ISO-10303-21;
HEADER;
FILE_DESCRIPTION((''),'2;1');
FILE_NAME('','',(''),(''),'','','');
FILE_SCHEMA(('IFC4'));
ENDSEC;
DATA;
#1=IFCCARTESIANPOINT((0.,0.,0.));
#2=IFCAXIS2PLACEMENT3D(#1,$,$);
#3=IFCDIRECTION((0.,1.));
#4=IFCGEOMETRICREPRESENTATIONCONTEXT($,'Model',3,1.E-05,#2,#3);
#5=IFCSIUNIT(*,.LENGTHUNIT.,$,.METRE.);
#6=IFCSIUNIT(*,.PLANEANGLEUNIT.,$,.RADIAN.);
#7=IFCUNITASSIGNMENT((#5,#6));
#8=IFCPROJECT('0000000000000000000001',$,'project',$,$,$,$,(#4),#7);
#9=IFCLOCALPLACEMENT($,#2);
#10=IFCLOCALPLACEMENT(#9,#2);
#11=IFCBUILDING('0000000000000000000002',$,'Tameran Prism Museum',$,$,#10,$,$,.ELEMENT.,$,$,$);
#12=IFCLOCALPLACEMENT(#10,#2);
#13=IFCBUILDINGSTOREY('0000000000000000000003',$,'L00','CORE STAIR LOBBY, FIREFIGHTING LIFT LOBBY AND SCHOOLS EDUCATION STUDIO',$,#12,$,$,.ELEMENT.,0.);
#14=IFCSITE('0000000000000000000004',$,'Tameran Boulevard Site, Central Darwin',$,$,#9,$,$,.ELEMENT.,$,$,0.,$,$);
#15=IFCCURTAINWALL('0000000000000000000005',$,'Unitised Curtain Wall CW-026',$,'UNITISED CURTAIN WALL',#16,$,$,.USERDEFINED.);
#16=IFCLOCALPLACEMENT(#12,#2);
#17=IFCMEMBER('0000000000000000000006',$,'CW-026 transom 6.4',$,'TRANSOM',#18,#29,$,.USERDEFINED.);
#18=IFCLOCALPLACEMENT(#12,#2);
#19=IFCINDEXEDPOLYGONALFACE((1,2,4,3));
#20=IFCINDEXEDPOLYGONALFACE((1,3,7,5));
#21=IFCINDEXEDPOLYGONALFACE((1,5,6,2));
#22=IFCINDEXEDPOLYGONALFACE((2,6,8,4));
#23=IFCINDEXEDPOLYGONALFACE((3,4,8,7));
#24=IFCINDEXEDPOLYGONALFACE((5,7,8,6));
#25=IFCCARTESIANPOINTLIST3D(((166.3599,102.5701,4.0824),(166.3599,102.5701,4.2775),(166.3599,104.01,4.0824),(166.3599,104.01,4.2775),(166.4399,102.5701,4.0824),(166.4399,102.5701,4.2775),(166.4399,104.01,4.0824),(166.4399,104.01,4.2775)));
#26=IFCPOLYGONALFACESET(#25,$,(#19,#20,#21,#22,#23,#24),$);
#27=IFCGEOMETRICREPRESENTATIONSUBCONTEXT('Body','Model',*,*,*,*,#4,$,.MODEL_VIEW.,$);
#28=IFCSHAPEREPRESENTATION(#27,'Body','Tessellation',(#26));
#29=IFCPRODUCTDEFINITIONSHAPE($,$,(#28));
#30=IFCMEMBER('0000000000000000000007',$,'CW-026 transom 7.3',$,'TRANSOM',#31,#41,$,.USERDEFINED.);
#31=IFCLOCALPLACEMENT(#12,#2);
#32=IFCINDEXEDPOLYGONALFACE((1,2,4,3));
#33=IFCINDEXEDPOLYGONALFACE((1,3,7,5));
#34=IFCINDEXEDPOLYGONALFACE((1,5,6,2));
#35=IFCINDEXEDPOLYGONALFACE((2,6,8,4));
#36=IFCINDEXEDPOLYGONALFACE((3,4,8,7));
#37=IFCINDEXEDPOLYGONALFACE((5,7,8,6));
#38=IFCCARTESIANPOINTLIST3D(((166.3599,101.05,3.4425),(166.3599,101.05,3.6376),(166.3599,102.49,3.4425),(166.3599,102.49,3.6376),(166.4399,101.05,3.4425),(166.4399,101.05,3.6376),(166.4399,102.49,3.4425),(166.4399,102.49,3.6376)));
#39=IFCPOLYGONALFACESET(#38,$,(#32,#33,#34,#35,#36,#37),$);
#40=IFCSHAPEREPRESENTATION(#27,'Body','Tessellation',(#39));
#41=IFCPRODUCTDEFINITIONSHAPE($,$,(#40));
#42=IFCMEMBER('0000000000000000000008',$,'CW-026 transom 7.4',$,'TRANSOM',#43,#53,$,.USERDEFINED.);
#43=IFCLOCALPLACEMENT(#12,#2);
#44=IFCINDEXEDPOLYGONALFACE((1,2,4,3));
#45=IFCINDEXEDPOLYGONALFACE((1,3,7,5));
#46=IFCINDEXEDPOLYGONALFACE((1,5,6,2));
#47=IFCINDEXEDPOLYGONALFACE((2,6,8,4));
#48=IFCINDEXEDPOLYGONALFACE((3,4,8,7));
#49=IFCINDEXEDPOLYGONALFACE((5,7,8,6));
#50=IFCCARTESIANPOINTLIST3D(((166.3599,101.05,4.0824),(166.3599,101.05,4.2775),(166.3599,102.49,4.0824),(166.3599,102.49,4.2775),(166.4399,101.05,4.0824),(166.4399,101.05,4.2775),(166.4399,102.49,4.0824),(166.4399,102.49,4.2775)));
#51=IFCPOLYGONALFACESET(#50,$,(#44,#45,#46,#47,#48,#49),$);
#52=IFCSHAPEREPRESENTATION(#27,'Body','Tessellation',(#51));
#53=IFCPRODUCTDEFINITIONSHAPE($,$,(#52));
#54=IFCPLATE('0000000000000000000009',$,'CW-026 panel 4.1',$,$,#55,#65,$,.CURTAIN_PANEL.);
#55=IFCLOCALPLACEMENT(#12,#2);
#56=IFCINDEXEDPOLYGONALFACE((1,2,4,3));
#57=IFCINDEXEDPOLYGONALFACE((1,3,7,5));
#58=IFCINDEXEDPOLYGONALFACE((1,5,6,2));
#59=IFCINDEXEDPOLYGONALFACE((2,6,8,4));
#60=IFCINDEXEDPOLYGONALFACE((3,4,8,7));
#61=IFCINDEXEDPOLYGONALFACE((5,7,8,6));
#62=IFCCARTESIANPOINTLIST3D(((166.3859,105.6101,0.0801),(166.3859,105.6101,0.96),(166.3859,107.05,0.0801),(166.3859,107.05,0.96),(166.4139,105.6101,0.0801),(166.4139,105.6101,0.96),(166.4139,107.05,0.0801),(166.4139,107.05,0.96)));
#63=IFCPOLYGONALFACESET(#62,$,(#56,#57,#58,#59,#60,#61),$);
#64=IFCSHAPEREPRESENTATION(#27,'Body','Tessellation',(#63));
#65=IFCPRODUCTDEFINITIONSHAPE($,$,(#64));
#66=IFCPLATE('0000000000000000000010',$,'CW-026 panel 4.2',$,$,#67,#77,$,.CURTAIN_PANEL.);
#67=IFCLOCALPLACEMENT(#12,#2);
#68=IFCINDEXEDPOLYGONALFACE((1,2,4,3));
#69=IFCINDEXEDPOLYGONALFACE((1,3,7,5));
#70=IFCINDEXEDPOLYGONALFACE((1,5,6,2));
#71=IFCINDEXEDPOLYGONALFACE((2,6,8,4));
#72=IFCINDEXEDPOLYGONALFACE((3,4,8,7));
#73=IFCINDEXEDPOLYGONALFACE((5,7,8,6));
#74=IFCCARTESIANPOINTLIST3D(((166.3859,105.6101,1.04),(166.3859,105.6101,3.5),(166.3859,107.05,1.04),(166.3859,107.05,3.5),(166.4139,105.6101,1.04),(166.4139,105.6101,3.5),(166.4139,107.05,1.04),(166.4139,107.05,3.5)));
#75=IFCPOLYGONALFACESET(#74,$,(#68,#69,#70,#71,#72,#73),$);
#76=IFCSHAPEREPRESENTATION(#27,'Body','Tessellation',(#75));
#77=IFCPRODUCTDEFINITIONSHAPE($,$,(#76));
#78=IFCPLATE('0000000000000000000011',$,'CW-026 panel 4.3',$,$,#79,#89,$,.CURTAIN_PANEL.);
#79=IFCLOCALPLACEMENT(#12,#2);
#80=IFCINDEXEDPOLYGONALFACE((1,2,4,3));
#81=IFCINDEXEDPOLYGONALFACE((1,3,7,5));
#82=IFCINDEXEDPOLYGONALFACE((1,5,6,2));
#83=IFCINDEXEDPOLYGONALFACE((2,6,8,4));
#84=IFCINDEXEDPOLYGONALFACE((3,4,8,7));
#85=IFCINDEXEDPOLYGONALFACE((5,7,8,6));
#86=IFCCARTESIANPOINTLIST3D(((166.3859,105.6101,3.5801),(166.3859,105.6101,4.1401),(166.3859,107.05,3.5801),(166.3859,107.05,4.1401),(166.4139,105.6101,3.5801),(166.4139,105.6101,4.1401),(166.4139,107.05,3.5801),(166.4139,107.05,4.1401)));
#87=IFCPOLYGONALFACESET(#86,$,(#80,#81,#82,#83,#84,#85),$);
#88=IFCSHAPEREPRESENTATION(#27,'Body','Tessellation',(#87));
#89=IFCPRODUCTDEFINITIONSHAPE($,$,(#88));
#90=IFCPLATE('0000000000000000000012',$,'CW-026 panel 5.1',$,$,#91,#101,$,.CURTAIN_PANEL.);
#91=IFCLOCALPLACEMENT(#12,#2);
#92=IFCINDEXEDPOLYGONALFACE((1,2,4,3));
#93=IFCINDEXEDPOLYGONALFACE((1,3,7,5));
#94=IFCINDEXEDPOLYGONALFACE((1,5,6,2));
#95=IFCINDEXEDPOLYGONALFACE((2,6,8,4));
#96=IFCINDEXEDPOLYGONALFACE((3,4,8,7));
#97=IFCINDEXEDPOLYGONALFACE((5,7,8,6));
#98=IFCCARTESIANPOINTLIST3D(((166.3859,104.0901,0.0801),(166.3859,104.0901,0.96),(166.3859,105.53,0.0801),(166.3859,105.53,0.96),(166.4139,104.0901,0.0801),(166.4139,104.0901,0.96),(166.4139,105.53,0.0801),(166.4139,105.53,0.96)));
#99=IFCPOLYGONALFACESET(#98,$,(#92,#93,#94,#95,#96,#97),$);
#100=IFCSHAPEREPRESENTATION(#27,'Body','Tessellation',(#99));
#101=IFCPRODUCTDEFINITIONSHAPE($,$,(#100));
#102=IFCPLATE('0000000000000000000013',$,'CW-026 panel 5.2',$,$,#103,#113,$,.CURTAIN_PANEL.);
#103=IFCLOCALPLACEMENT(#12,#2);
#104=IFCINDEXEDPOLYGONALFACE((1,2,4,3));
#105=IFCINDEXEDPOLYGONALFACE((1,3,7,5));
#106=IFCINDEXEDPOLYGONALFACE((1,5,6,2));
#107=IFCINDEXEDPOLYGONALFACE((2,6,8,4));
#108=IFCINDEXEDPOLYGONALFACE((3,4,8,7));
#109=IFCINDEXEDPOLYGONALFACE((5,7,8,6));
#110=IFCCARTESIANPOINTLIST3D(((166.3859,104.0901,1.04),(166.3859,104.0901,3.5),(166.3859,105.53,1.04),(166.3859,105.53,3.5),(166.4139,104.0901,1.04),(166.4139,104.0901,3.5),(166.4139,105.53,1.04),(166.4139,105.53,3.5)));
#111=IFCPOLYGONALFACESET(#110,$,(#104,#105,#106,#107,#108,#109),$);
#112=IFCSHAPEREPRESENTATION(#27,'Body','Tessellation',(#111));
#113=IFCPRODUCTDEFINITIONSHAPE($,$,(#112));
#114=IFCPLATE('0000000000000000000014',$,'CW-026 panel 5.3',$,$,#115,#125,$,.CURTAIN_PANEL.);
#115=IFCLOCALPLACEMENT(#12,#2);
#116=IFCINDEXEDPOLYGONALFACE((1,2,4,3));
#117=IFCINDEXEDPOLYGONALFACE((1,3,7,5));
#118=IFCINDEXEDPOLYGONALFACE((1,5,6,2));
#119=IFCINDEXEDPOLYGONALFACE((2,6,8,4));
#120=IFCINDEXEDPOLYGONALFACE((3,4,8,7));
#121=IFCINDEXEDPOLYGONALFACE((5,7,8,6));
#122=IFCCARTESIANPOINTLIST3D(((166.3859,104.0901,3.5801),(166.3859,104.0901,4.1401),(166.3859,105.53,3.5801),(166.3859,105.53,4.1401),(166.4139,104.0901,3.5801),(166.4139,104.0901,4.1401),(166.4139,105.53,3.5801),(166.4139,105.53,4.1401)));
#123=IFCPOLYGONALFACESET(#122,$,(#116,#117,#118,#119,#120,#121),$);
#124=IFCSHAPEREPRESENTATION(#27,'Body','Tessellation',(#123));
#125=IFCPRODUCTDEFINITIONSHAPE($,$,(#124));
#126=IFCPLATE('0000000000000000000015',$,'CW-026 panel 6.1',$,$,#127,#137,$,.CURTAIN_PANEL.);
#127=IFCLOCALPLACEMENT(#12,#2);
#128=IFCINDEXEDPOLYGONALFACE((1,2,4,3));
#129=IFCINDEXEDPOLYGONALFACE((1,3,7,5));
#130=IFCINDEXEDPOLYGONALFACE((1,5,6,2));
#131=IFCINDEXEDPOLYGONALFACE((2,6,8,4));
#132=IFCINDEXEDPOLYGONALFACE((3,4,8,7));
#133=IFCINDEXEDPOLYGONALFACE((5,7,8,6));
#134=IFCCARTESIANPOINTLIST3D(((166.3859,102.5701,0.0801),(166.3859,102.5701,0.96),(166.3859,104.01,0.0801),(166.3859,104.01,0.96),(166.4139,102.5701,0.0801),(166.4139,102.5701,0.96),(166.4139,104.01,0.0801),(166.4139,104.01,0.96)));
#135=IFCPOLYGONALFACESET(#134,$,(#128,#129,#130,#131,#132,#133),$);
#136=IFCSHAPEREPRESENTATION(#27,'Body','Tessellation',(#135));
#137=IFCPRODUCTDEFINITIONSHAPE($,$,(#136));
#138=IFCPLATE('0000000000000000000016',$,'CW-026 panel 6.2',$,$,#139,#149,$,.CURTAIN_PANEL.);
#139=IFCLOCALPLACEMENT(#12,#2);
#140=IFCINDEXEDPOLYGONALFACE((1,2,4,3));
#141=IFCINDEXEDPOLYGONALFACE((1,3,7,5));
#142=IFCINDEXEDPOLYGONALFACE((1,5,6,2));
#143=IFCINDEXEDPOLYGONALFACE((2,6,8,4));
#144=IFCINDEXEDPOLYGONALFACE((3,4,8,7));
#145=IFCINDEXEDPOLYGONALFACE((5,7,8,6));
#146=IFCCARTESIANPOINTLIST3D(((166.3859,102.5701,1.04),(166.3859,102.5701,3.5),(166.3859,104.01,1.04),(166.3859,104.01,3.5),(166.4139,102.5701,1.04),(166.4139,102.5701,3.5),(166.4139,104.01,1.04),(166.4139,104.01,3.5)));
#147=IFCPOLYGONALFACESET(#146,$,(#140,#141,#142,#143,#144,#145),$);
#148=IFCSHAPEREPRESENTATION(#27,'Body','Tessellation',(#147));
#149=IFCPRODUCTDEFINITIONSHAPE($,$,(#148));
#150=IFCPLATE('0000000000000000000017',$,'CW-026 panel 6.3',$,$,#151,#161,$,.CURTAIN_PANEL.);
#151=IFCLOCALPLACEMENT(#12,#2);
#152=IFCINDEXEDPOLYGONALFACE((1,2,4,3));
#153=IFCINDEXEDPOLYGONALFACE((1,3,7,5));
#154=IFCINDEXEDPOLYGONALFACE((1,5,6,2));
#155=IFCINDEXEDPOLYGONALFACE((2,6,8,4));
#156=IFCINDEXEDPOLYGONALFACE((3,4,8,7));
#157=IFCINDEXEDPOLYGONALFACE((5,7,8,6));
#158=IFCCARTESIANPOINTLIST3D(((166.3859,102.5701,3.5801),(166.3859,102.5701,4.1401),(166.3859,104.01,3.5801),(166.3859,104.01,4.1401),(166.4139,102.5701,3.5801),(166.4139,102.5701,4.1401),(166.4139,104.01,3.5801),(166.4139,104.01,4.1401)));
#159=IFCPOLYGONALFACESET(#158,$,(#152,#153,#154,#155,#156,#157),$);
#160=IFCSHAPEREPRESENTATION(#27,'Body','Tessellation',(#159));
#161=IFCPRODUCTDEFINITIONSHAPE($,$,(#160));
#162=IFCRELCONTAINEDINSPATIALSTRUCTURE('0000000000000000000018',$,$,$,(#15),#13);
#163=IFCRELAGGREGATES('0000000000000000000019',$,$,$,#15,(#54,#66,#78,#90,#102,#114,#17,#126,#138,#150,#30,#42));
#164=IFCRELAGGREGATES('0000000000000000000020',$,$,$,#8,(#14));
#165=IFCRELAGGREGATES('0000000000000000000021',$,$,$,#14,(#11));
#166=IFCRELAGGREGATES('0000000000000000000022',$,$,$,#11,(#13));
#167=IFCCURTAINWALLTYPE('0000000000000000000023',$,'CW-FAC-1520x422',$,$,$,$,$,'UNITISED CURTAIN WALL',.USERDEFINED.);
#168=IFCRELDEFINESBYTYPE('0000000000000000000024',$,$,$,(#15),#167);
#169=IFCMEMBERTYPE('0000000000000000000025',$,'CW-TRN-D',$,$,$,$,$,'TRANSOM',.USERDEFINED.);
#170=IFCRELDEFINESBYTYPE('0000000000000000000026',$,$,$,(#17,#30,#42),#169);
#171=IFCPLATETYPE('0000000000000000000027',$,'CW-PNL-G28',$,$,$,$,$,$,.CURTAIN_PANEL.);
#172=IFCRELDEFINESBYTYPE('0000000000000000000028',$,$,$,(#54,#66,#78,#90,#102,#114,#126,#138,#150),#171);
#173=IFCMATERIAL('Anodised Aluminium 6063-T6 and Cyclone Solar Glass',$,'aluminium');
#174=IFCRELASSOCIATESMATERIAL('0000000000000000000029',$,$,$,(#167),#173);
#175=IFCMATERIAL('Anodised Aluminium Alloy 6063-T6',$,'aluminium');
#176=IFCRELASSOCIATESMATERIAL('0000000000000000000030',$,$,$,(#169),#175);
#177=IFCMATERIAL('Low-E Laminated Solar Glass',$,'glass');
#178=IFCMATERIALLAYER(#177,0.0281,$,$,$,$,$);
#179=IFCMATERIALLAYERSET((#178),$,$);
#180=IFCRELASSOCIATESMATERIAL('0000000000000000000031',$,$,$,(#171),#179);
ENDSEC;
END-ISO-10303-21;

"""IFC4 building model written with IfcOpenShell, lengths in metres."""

from ifc_helpers import new_model, si_unit, direction, frame, origin, origin_2d, place, context, subcontext, project, spatial, rectangle, extrude, material, layer, layer_set, material_profile, profile_set, type_object, element, aggregate, save


model = new_model("IFC4")

# Units and contexts
model_context = context("Model", 3, precision=1e-05, world=origin(), true_north=direction((0.0, 1.0)))
body_context = subcontext(model_context, "Body", "Model", "MODEL_VIEW")
ifc_project = project(units=[si_unit("LENGTHUNIT", "METRE"), si_unit("PLANEANGLEUNIT", "RADIAN")], contexts=[model_context])

# Site, building, storey
site_placement = place(None, origin())
site = spatial("IfcSite", under=ifc_project, at=site_placement, Name="Tameran Boulevard Site, Central Darwin", CompositionType="ELEMENT", RefElevation=0.0)
building_placement = place(site_placement, origin())
building = spatial("IfcBuilding", under=site, at=building_placement, Name="Tameran Prism Museum", CompositionType="ELEMENT")
storey_placement = place(building_placement, origin())
storey = spatial("IfcBuildingStorey", under=building, at=storey_placement, Name="L00", Description="CORE STAIR LOBBY, FIREFIGHTING LIFT LOBBY AND SCHOOLS EDUCATION STUDIO", CompositionType="ELEMENT", Elevation=0.0)

# Curtain wall, members, plates
ifc_material_1 = material(Name="Anodised Aluminium 6063-T6 and Cyclone Solar Glass", Category="aluminium")
curtain_wall_type = type_object("IfcCurtainWallType", Name="CW-FAC-1520x422", ElementType="UNITISED CURTAIN WALL", PredefinedType="USERDEFINED", material=ifc_material_1)
curtain_wall_placement = place(storey_placement, origin())
curtain_wall = element("IfcCurtainWall", 1, at=curtain_wall_placement, inside=storey, type_object=curtain_wall_type, Name="Unitised Curtain Wall CW-026", ObjectType="UNITISED CURTAIN WALL", PredefinedType="USERDEFINED")
ifc_material_2 = material(Name="Anodised Aluminium Alloy 6063-T6", Category="aluminium")
ifc_material_profile_1 = material_profile(ifc_material_2, rectangle(XDim=0.0801, YDim=0.1951, at=origin_2d()))
ifc_profile_set_1 = profile_set([ifc_material_profile_1])
member_type_1 = type_object("IfcMemberType", Name="CW-TRN-D", ElementType="TRANSOM", PredefinedType="USERDEFINED", material=ifc_profile_set_1)
member_1_placement = place(storey_placement, frame((166.3999, 104.01, 4.1799), z_axis=(0.0, -1.0, 0.0), x_axis=(1.0, 0.0, 0.0)))
member_1 = element("IfcMember", 2, at=member_1_placement, type_object=member_type_1, Name="CW-026 transom 6.4", ObjectType="TRANSOM", PredefinedType="USERDEFINED", context=body_context, shape_type="SweptSolid", body=[
    extrude(rectangle(XDim=0.0801, YDim=0.1951, at=origin_2d()), origin(), (0.0, 0.0, 1.0), 1.4399),
])
member_2_placement = place(storey_placement, frame((166.3999, 102.49, 3.54), z_axis=(0.0, -1.0, 0.0), x_axis=(1.0, 0.0, 0.0)))
member_2 = element("IfcMember", 3, at=member_2_placement, type_object=member_type_1, Name="CW-026 transom 7.3", ObjectType="TRANSOM", PredefinedType="USERDEFINED", context=body_context, shape_type="SweptSolid", body=[
    extrude(rectangle(XDim=0.0801, YDim=0.1951, at=origin_2d()), origin(), (0.0, 0.0, 1.0), 1.4399),
])
member_3_placement = place(storey_placement, frame((166.3999, 102.49, 4.1799), z_axis=(0.0, -1.0, 0.0), x_axis=(1.0, 0.0, 0.0)))
member_3 = element("IfcMember", 4, at=member_3_placement, type_object=member_type_1, Name="CW-026 transom 7.4", ObjectType="TRANSOM", PredefinedType="USERDEFINED", context=body_context, shape_type="SweptSolid", body=[
    extrude(rectangle(XDim=0.0801, YDim=0.1951, at=origin_2d()), origin(), (0.0, 0.0, 1.0), 1.4399),
])
ifc_material_3 = material(Name="Low-E Laminated Solar Glass", Category="glass")
ifc_layer = layer(ifc_material_3, 0.0281)
ifc_layer_set = layer_set([ifc_layer])
plate_type = type_object("IfcPlateType", Name="CW-PNL-G28", PredefinedType="CURTAIN_PANEL", material=ifc_layer_set)
plate_1_placement = place(storey_placement, frame((166.3999, 106.3301, 0.0801), z_axis=(0.0, 0.0, 1.0), x_axis=(0.0, -1.0, 0.0)))
plate_1 = element("IfcPlate", 5, at=plate_1_placement, type_object=plate_type, Name="CW-026 panel 4.1", PredefinedType="CURTAIN_PANEL", context=body_context, shape_type="SweptSolid", body=[
    extrude(rectangle(XDim=1.4399, YDim=0.0281, at=origin_2d()), origin(), (0.0, 0.0, 1.0), 0.8799),
])
plate_2_placement = place(storey_placement, frame((166.3999, 106.3301, 1.04), z_axis=(0.0, 0.0, 1.0), x_axis=(0.0, -1.0, 0.0)))
plate_2 = element("IfcPlate", 6, at=plate_2_placement, type_object=plate_type, Name="CW-026 panel 4.2", PredefinedType="CURTAIN_PANEL", context=body_context, shape_type="SweptSolid", body=[
    extrude(rectangle(XDim=1.4399, YDim=0.0281, at=origin_2d()), origin(), (0.0, 0.0, 1.0), 2.46),
])
plate_3_placement = place(storey_placement, frame((166.3999, 106.3301, 3.5801), z_axis=(0.0, 0.0, 1.0), x_axis=(0.0, -1.0, 0.0)))
plate_3 = element("IfcPlate", 7, at=plate_3_placement, type_object=plate_type, Name="CW-026 panel 4.3", PredefinedType="CURTAIN_PANEL", context=body_context, shape_type="SweptSolid", body=[
    extrude(rectangle(XDim=1.4399, YDim=0.0281, at=origin_2d()), origin(), (0.0, 0.0, 1.0), 0.5601),
])
plate_4_placement = place(storey_placement, frame((166.3999, 104.8101, 0.0801), z_axis=(0.0, 0.0, 1.0), x_axis=(0.0, -1.0, 0.0)))
plate_4 = element("IfcPlate", 8, at=plate_4_placement, type_object=plate_type, Name="CW-026 panel 5.1", PredefinedType="CURTAIN_PANEL", context=body_context, shape_type="SweptSolid", body=[
    extrude(rectangle(XDim=1.4399, YDim=0.0281, at=origin_2d()), origin(), (0.0, 0.0, 1.0), 0.8799),
])
plate_5_placement = place(storey_placement, frame((166.3999, 104.8101, 1.04), z_axis=(0.0, 0.0, 1.0), x_axis=(0.0, -1.0, 0.0)))
plate_5 = element("IfcPlate", 9, at=plate_5_placement, type_object=plate_type, Name="CW-026 panel 5.2", PredefinedType="CURTAIN_PANEL", context=body_context, shape_type="SweptSolid", body=[
    extrude(rectangle(XDim=1.4399, YDim=0.0281, at=origin_2d()), origin(), (0.0, 0.0, 1.0), 2.46),
])
plate_6_placement = place(storey_placement, frame((166.3999, 104.8101, 3.5801), z_axis=(0.0, 0.0, 1.0), x_axis=(0.0, -1.0, 0.0)))
plate_6 = element("IfcPlate", 10, at=plate_6_placement, type_object=plate_type, Name="CW-026 panel 5.3", PredefinedType="CURTAIN_PANEL", context=body_context, shape_type="SweptSolid", body=[
    extrude(rectangle(XDim=1.4399, YDim=0.0281, at=origin_2d()), origin(), (0.0, 0.0, 1.0), 0.5601),
])
plate_7_placement = place(storey_placement, frame((166.3999, 103.29, 0.0801), z_axis=(0.0, 0.0, 1.0), x_axis=(0.0, -1.0, 0.0)))
plate_7 = element("IfcPlate", 11, at=plate_7_placement, type_object=plate_type, Name="CW-026 panel 6.1", PredefinedType="CURTAIN_PANEL", context=body_context, shape_type="SweptSolid", body=[
    extrude(rectangle(XDim=1.4399, YDim=0.0281, at=origin_2d()), origin(), (0.0, 0.0, 1.0), 0.8799),
])
plate_8_placement = place(storey_placement, frame((166.3999, 103.29, 1.04), z_axis=(0.0, 0.0, 1.0), x_axis=(0.0, -1.0, 0.0)))
plate_8 = element("IfcPlate", 12, at=plate_8_placement, type_object=plate_type, Name="CW-026 panel 6.2", PredefinedType="CURTAIN_PANEL", context=body_context, shape_type="SweptSolid", body=[
    extrude(rectangle(XDim=1.4399, YDim=0.0281, at=origin_2d()), origin(), (0.0, 0.0, 1.0), 2.46),
])
plate_9_placement = place(storey_placement, frame((166.3999, 103.29, 3.5801), z_axis=(0.0, 0.0, 1.0), x_axis=(0.0, -1.0, 0.0)))
plate_9 = element("IfcPlate", 13, at=plate_9_placement, type_object=plate_type, Name="CW-026 panel 6.3", PredefinedType="CURTAIN_PANEL", context=body_context, shape_type="SweptSolid", body=[
    extrude(rectangle(XDim=1.4399, YDim=0.0281, at=origin_2d()), origin(), (0.0, 0.0, 1.0), 0.5601),
])
aggregate(curtain_wall, [plate_1, plate_2, plate_3, plate_4, plate_5, plate_6, member_1, plate_7, plate_8, plate_9, member_2, member_3])

save(model, "model.ifc")
